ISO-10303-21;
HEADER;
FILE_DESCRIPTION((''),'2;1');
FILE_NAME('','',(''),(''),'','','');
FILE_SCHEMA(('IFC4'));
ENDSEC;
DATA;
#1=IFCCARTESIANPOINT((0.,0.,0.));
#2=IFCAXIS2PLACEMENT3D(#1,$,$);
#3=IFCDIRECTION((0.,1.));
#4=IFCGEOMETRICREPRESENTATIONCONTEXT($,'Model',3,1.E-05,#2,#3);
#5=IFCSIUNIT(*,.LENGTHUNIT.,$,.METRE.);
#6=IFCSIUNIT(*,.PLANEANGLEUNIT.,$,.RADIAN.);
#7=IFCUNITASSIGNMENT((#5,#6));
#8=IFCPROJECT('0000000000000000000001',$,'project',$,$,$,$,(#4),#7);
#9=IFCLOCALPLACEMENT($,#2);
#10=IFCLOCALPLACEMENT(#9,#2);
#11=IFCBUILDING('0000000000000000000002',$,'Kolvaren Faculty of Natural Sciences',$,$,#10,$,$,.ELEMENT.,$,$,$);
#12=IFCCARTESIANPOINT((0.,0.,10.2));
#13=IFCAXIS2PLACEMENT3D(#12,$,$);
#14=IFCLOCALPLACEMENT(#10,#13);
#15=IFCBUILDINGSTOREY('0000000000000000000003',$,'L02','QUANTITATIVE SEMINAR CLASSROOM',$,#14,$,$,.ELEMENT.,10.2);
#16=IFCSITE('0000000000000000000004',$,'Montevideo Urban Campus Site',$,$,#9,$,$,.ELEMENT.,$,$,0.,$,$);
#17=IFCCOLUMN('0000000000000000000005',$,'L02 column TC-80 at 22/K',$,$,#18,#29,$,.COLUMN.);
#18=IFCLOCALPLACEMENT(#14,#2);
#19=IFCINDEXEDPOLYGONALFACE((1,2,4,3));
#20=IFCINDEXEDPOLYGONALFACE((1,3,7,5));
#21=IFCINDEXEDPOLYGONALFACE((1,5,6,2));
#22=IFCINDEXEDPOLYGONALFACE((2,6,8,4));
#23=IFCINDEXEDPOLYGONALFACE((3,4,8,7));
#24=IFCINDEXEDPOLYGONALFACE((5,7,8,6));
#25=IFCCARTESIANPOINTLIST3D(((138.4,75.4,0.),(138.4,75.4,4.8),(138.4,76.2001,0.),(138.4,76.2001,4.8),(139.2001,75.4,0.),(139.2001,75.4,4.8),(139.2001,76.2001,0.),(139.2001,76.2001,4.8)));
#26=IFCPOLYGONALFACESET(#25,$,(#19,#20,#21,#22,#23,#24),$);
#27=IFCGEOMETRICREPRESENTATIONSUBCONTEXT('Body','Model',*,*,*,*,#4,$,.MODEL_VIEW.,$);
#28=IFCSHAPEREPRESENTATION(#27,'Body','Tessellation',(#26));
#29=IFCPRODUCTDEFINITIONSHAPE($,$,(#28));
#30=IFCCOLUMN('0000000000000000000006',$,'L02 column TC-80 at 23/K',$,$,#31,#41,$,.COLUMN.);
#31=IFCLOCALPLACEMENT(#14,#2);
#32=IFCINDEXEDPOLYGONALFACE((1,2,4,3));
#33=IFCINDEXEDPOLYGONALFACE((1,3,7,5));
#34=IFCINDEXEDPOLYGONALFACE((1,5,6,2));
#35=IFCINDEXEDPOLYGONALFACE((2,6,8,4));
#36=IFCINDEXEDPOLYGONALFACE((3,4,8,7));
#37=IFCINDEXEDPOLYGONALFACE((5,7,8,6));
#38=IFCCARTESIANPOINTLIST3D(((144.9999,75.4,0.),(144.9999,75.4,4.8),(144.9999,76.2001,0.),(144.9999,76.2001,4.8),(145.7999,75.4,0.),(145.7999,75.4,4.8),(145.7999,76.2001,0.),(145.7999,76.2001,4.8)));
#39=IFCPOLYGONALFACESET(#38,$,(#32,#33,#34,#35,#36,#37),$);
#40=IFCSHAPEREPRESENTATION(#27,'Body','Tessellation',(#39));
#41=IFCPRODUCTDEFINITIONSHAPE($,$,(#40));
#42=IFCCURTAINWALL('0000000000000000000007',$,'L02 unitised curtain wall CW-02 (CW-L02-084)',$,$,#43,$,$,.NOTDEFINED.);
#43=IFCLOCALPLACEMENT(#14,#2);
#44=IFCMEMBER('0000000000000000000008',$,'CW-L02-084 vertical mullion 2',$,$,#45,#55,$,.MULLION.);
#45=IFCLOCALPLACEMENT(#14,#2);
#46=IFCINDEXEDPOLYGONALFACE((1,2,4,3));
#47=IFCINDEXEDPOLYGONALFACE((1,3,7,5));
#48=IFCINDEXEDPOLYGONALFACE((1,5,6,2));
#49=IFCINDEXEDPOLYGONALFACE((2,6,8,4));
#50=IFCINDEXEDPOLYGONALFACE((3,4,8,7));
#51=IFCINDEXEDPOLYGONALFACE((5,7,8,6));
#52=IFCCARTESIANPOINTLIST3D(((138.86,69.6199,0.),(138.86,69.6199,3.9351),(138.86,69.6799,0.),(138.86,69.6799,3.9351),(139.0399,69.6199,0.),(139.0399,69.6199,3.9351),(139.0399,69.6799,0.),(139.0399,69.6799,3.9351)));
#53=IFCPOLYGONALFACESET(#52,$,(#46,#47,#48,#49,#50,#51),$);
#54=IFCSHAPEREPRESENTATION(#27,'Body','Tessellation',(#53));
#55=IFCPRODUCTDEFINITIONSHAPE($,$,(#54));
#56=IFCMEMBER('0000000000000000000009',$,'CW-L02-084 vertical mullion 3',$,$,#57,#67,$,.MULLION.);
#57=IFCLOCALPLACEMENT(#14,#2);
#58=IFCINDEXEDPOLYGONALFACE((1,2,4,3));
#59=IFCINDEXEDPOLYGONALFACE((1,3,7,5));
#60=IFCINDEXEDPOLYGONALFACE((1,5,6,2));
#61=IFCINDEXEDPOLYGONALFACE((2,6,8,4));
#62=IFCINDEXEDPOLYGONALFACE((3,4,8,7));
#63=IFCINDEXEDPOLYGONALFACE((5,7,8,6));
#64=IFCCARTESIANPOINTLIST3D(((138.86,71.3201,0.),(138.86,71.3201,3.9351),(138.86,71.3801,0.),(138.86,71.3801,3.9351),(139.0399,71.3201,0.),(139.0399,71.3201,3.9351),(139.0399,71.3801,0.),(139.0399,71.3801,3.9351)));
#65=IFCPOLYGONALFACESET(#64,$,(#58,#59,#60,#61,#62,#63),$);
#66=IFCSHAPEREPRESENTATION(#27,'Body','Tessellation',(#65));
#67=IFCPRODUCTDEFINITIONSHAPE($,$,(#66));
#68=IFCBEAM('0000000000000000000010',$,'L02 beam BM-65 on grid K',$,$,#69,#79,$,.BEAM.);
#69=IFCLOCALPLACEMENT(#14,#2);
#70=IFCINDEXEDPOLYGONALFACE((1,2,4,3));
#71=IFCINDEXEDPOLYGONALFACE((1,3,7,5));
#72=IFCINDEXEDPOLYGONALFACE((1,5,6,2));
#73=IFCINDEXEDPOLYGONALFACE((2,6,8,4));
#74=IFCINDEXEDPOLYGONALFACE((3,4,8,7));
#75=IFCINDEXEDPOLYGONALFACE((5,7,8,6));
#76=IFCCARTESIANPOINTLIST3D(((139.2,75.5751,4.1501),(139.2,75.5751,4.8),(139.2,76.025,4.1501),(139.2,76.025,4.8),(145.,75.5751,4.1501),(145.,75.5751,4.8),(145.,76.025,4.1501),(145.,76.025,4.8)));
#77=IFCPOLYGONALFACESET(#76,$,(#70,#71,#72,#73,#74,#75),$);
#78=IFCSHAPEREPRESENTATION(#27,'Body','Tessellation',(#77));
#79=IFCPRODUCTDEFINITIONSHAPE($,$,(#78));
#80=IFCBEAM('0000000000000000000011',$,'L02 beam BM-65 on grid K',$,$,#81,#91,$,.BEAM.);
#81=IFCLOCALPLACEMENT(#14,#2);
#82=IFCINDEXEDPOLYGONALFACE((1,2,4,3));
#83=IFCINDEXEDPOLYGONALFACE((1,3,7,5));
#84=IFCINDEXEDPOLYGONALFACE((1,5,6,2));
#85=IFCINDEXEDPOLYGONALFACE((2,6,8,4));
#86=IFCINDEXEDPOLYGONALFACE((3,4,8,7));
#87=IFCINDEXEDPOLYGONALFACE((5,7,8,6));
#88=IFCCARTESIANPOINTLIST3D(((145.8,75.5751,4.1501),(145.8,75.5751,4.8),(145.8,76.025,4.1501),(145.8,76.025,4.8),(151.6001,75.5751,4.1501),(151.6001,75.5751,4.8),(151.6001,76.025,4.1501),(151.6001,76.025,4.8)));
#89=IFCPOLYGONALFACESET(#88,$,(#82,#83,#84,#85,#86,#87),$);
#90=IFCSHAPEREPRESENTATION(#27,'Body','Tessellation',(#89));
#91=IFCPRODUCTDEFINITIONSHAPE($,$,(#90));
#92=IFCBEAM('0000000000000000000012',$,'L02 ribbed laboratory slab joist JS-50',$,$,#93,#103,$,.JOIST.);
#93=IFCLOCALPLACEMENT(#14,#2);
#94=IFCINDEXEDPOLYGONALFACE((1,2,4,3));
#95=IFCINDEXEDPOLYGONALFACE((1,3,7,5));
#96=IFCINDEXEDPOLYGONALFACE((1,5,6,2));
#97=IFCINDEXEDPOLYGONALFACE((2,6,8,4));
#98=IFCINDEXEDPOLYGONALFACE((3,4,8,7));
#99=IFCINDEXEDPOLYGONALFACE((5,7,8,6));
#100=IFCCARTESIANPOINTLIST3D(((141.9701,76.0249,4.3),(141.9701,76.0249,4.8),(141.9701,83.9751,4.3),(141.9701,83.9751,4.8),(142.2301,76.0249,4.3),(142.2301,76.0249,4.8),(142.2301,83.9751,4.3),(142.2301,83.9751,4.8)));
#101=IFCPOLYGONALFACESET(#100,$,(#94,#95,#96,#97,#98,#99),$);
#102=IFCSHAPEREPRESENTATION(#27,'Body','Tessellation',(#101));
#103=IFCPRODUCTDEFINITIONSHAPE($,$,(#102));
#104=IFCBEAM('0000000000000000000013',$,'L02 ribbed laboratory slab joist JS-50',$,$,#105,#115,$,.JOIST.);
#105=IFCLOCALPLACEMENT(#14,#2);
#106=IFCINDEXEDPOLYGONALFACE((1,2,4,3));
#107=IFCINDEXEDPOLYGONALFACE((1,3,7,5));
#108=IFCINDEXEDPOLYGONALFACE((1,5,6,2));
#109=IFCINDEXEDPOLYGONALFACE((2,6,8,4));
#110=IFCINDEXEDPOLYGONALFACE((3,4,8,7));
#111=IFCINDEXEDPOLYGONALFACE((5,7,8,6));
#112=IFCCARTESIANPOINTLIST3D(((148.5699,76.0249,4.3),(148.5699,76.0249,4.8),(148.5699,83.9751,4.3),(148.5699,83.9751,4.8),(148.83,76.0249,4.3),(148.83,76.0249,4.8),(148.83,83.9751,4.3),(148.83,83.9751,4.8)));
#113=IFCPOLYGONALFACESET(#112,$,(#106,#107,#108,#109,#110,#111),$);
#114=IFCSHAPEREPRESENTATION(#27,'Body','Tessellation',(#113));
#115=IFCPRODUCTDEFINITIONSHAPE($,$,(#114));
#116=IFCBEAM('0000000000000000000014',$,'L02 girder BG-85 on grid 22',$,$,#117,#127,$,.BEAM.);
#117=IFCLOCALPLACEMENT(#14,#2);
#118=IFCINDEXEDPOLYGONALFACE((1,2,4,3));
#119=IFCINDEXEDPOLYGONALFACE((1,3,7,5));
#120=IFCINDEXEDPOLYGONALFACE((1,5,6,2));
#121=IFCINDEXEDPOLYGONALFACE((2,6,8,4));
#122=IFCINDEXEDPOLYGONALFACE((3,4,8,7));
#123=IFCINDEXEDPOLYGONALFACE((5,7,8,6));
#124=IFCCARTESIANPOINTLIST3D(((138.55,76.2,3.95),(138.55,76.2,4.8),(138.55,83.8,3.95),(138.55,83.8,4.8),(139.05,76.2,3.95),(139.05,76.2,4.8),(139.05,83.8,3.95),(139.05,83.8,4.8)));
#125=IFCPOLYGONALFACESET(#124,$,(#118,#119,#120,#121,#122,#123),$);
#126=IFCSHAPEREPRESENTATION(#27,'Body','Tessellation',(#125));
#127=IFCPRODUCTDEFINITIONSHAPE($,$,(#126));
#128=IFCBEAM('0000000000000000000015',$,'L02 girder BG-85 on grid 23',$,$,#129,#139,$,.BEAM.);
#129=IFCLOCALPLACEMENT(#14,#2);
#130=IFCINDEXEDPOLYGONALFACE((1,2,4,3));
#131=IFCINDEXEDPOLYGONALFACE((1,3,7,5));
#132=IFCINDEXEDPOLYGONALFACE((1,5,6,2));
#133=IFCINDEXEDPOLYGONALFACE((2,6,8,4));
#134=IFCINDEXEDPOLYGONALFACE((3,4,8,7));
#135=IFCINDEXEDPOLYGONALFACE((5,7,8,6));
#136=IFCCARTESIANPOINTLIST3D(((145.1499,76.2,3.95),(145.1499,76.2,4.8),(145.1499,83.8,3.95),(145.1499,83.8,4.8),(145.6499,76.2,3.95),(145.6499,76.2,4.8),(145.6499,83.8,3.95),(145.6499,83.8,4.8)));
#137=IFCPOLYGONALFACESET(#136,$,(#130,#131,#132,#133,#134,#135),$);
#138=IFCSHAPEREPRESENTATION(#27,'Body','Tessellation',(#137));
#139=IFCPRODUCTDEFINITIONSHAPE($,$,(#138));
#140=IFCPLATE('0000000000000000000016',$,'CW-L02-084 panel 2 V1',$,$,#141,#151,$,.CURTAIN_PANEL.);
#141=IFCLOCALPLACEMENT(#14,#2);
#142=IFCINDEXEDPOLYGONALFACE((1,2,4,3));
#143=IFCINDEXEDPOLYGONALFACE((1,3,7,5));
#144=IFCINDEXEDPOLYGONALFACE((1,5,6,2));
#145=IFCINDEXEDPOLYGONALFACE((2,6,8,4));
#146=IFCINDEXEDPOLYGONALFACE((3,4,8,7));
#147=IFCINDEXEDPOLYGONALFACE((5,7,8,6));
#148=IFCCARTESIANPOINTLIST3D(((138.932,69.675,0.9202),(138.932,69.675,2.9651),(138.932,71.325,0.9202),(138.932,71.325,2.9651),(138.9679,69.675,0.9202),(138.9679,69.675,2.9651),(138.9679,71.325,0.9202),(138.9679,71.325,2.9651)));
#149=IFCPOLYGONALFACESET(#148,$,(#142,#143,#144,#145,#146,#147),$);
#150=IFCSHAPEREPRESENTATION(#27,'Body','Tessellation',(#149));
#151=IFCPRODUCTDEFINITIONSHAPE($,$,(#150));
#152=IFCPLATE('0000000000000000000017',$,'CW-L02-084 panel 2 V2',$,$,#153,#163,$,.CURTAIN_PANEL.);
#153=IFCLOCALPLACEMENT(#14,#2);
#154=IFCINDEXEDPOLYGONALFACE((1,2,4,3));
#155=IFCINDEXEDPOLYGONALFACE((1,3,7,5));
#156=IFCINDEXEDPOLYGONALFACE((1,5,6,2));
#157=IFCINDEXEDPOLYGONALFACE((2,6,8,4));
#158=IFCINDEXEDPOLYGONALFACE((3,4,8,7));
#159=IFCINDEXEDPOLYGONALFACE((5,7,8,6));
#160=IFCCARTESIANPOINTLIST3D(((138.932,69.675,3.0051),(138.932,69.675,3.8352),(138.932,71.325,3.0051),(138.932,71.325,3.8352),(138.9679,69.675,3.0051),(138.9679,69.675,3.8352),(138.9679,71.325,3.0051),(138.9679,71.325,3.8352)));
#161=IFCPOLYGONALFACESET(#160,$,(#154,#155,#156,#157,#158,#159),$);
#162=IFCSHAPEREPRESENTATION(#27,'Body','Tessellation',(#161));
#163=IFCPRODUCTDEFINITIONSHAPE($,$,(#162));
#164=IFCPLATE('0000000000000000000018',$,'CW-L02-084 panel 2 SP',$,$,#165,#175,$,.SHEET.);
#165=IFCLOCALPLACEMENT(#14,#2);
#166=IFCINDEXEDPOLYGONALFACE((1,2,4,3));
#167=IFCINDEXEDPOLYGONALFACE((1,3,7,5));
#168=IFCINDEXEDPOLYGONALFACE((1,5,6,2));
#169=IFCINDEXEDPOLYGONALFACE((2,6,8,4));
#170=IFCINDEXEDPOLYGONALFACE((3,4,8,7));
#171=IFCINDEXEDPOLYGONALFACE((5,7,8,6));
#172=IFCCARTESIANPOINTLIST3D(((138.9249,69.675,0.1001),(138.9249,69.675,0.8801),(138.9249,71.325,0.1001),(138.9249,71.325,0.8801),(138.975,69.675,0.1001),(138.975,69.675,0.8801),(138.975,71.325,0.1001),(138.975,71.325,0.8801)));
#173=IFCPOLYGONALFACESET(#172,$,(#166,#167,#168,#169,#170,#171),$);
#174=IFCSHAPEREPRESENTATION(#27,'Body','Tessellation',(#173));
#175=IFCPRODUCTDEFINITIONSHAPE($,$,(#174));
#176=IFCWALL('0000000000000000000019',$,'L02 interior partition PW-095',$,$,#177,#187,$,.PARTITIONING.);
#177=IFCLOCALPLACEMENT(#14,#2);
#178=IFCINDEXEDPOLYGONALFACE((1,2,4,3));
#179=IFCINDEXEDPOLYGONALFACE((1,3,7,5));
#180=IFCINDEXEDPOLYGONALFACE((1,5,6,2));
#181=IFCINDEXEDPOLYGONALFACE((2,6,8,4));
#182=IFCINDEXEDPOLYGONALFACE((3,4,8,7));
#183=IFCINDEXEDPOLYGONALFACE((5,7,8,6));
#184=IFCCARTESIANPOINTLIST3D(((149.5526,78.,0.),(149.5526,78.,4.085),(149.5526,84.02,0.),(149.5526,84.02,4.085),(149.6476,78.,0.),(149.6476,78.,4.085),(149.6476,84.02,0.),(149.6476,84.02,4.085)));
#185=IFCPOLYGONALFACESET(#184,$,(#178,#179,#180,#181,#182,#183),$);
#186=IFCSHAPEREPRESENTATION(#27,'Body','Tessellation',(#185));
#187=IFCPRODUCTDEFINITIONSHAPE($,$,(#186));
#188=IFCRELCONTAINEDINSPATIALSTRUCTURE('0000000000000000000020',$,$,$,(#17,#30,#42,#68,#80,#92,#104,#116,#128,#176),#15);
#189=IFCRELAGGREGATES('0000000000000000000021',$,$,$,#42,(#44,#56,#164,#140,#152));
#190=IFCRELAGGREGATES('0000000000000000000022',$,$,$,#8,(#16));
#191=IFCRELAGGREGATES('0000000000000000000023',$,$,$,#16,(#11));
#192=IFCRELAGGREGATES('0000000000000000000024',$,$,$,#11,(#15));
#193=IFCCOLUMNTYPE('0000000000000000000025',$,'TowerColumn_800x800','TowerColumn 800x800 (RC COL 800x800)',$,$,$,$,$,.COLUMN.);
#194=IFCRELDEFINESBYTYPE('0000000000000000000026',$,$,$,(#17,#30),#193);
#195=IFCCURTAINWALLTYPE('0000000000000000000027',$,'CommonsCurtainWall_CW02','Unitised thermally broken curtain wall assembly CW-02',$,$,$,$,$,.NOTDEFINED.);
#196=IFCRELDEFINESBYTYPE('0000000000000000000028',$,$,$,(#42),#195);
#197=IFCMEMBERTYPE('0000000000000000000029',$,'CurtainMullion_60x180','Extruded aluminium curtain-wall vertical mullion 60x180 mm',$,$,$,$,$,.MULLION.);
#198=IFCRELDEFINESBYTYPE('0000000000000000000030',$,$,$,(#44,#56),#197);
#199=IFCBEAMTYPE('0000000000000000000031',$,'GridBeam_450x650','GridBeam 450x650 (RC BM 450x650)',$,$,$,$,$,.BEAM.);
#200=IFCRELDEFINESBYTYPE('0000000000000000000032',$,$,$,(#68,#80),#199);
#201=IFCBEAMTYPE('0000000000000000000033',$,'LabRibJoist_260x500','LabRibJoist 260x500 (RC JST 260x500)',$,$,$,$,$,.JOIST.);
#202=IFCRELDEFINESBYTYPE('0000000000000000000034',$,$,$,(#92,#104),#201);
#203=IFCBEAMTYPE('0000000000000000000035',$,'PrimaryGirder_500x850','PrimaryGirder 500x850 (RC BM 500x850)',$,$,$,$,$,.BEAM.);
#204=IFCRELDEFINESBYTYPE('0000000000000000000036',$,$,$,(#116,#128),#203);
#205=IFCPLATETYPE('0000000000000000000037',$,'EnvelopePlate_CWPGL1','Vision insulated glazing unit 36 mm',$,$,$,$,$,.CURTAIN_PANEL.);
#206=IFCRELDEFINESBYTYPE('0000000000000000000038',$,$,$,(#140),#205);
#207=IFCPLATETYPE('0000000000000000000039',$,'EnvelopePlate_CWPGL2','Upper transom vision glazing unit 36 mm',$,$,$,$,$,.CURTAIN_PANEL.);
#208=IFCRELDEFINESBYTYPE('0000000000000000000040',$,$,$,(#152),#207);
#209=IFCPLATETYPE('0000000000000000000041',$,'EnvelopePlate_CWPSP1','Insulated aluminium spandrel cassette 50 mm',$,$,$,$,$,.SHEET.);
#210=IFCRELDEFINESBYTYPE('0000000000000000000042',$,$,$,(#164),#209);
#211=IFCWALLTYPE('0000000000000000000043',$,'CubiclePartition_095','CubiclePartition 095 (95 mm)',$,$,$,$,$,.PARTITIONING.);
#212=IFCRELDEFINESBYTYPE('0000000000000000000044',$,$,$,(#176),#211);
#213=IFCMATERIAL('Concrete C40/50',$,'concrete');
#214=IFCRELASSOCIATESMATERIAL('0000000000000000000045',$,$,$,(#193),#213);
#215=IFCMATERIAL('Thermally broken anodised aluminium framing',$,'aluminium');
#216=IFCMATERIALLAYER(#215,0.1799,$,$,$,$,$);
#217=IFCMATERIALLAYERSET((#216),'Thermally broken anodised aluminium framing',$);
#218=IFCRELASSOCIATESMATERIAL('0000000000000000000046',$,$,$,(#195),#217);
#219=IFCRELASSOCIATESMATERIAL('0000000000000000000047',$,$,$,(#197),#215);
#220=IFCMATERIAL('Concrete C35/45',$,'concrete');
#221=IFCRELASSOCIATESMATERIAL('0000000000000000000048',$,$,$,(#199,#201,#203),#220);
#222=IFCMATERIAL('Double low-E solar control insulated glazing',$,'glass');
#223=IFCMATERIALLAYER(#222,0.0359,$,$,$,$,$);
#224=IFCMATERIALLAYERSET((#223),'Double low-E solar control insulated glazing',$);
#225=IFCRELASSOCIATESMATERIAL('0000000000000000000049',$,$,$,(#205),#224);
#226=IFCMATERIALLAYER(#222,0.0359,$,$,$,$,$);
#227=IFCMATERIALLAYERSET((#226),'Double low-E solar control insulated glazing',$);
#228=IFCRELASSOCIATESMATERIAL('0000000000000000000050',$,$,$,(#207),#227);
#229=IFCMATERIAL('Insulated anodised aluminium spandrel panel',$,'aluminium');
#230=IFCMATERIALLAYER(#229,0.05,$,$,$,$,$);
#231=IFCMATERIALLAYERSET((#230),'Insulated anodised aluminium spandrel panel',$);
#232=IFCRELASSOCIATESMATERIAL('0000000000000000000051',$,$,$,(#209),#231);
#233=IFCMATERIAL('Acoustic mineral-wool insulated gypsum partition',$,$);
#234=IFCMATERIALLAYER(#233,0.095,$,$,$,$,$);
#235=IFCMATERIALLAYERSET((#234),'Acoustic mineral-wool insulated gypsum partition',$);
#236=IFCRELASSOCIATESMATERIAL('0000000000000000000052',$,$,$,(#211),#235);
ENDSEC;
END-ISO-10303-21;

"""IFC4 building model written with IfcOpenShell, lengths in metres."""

from ifc_helpers import new_model, si_unit, direction, frame, frame_2d, origin, origin_2d, place, context, subcontext, project, spatial, rectangle, extrude, material, layer, layer_set, material_profile, profile_set, type_object, element, aggregate, save


model = new_model("IFC4")

# Units and contexts
model_context = context("Model", 3, precision=1e-05, world=origin(), true_north=direction((0.0, 1.0)))
body_context = subcontext(model_context, "Body", "Model", "MODEL_VIEW")
ifc_project = project(units=[si_unit("LENGTHUNIT", "METRE"), si_unit("PLANEANGLEUNIT", "RADIAN")], contexts=[model_context])

# Site, building, storey
site_placement = place(None, origin())
site = spatial("IfcSite", under=ifc_project, at=site_placement, Name="Montevideo Urban Campus Site", CompositionType="ELEMENT", RefElevation=0.0)
building_placement = place(site_placement, origin())
building = spatial("IfcBuilding", under=site, at=building_placement, Name="Kolvaren Faculty of Natural Sciences", CompositionType="ELEMENT")
storey_placement = place(building_placement, frame((0.0, 0.0, 10.2)))
storey = spatial("IfcBuildingStorey", under=building, at=storey_placement, Name="L02", Description="QUANTITATIVE SEMINAR CLASSROOM", CompositionType="ELEMENT", Elevation=10.2)

# Columns
ifc_material_1 = material(Name="Concrete C40/50", Category="concrete")
ifc_material_profile_1 = material_profile(ifc_material_1, rectangle(XDim=0.8, YDim=0.8, at=origin_2d()), Name="RC COL 800x800")
ifc_profile_set_1 = profile_set([ifc_material_profile_1], Name="Concrete C40/50")
column_type = type_object("IfcColumnType", Name="TowerColumn_800x800", Description="TowerColumn 800x800 (RC COL 800x800)", PredefinedType="COLUMN", material=ifc_profile_set_1)
for number, where, z_axis, x_axis, name in (
    (1, (138.8, 75.8, 0.0), (0.0, 0.0, 1.0), (1.0, 0.0, 0.0), "L02 column TC-80 at 22/K"),
    (2, (145.3999, 75.8, 0.0), (0.0, 0.0, 1.0), (1.0, 0.0, 0.0), "L02 column TC-80 at 23/K"),
):
    element("IfcColumn", number, at=place(storey_placement, frame(where, z_axis=z_axis, x_axis=x_axis)), inside=storey, type_object=column_type, Name=name, PredefinedType="COLUMN", context=body_context, shape_type="SweptSolid", body=[
        extrude(rectangle(XDim=0.8, YDim=0.8, at=origin_2d()), origin(), (0.0, 0.0, 1.0), 4.8),
    ])

# Curtain wall, members
ifc_material_2 = material(Name="Thermally broken anodised aluminium framing", Category="aluminium")
ifc_layer_1 = layer(ifc_material_2, 0.1799)
ifc_layer_set_1 = layer_set([ifc_layer_1], Name="Thermally broken anodised aluminium framing")
curtain_wall_type = type_object("IfcCurtainWallType", Name="CommonsCurtainWall_CW02", Description="Unitised thermally broken curtain wall assembly CW-02", PredefinedType="NOTDEFINED", material=ifc_layer_set_1)
curtain_wall_placement = place(storey_placement, origin())
curtain_wall = element("IfcCurtainWall", 3, at=curtain_wall_placement, inside=storey, type_object=curtain_wall_type, Name="L02 unitised curtain wall CW-02 (CW-L02-084)", PredefinedType="NOTDEFINED")
ifc_material_profile_2 = material_profile(ifc_material_2, rectangle(XDim=0.0601, YDim=0.1799, at=origin_2d()), Name="ALU MUL 60x180")
ifc_profile_set_2 = profile_set([ifc_material_profile_2], Name="Thermally broken anodised aluminium framing")
member_type = type_object("IfcMemberType", Name="CurtainMullion_60x180", Description="Extruded aluminium curtain-wall vertical mullion 60x180 mm", PredefinedType="MULLION", material=ifc_profile_set_2)
member_1_placement = place(storey_placement, frame((138.95, 69.6499, 0.0), z_axis=(0.0, 0.0, 1.0), x_axis=(0.0, 1.0, 0.0)))
member_1 = element("IfcMember", 4, at=member_1_placement, type_object=member_type, Name="CW-L02-084 vertical mullion 2", PredefinedType="MULLION", context=body_context, shape_type="SweptSolid", body=[
    extrude(rectangle(XDim=0.0601, YDim=0.1799, at=origin_2d()), origin(), (0.0, 0.0, 1.0), 3.9351),
])
member_2_placement = place(storey_placement, frame((138.95, 71.3501, 0.0), z_axis=(0.0, 0.0, 1.0), x_axis=(0.0, 1.0, 0.0)))
member_2 = element("IfcMember", 5, at=member_2_placement, type_object=member_type, Name="CW-L02-084 vertical mullion 3", PredefinedType="MULLION", context=body_context, shape_type="SweptSolid", body=[
    extrude(rectangle(XDim=0.0601, YDim=0.1799, at=origin_2d()), origin(), (0.0, 0.0, 1.0), 3.9351),
])

# Beams
ifc_material_3 = material(Name="Concrete C35/45", Category="concrete")
ifc_material_profile_3 = material_profile(ifc_material_3, rectangle(XDim=0.45, YDim=0.6499, at=origin_2d()), Name="RC BM 450x650")
ifc_profile_set_3 = profile_set([ifc_material_profile_3], Name="Concrete C35/45")
beam_type_1 = type_object("IfcBeamType", Name="GridBeam_450x650", Description="GridBeam 450x650 (RC BM 450x650)", PredefinedType="BEAM", material=ifc_profile_set_3)
for number, where, z_axis, x_axis, name in (
    (6, (139.2, 75.8, 4.4751), (1.0, 0.0, 0.0), (0.0, 1.0, 0.0), "L02 beam BM-65 on grid K"),
    (7, (145.8, 75.8, 4.4751), (1.0, 0.0, 0.0), (0.0, 1.0, 0.0), "L02 beam BM-65 on grid K"),
):
    element("IfcBeam", number, at=place(storey_placement, frame(where, z_axis=z_axis, x_axis=x_axis)), inside=storey, type_object=beam_type_1, Name=name, PredefinedType="BEAM", context=body_context, shape_type="SweptSolid", body=[
        extrude(rectangle(XDim=0.45, YDim=0.6499, at=origin_2d()), origin(), (0.0, 0.0, 1.0), 5.8),
    ])
ifc_material_profile_4 = material_profile(ifc_material_3, rectangle(XDim=0.26, YDim=0.5, at=origin_2d()), Name="RC JST 260x500")
ifc_profile_set_4 = profile_set([ifc_material_profile_4], Name="Concrete C35/45")
beam_type_2 = type_object("IfcBeamType", Name="LabRibJoist_260x500", Description="LabRibJoist 260x500 (RC JST 260x500)", PredefinedType="JOIST", material=ifc_profile_set_4)
for number, where, z_axis, x_axis, name in (
    (8, (142.1001, 76.0249, 4.55), (0.0, 1.0, 0.0), (-1.0, 0.0, 0.0), "L02 ribbed laboratory slab joist JS-50"),
    (9, (148.7, 76.0249, 4.55), (0.0, 1.0, 0.0), (-1.0, 0.0, 0.0), "L02 ribbed laboratory slab joist JS-50"),
):
    element("IfcBeam", number, at=place(storey_placement, frame(where, z_axis=z_axis, x_axis=x_axis)), inside=storey, type_object=beam_type_2, Name=name, PredefinedType="JOIST", context=body_context, shape_type="SweptSolid", body=[
        extrude(rectangle(XDim=0.26, YDim=0.5, at=origin_2d()), origin(), (0.0, 0.0, 1.0), 7.9502),
    ])
ifc_material_profile_5 = material_profile(ifc_material_3, rectangle(XDim=0.5, YDim=0.8501, at=origin_2d()), Name="RC BM 500x850")
ifc_profile_set_5 = profile_set([ifc_material_profile_5], Name="Concrete C35/45")
beam_type_3 = type_object("IfcBeamType", Name="PrimaryGirder_500x850", Description="PrimaryGirder 500x850 (RC BM 500x850)", PredefinedType="BEAM", material=ifc_profile_set_5)
for number, where, z_axis, x_axis, name in (
    (10, (138.8, 76.2, 4.375), (0.0, 1.0, 0.0), (-1.0, 0.0, 0.0), "L02 girder BG-85 on grid 22"),
    (11, (145.3999, 76.2, 4.375), (0.0, 1.0, 0.0), (-1.0, 0.0, 0.0), "L02 girder BG-85 on grid 23"),
):
    element("IfcBeam", number, at=place(storey_placement, frame(where, z_axis=z_axis, x_axis=x_axis)), inside=storey, type_object=beam_type_3, Name=name, PredefinedType="BEAM", context=body_context, shape_type="SweptSolid", body=[
        extrude(rectangle(XDim=0.5, YDim=0.8501, at=origin_2d()), origin(), (0.0, 0.0, 1.0), 7.6001),
    ])

# Plates
ifc_material_4 = material(Name="Double low-E solar control insulated glazing", Category="glass")
ifc_layer_2 = layer(ifc_material_4, 0.0359)
ifc_layer_set_2 = layer_set([ifc_layer_2], Name="Double low-E solar control insulated glazing")
plate_type_1 = type_object("IfcPlateType", Name="EnvelopePlate_CWPGL1", Description="Vision insulated glazing unit 36 mm", PredefinedType="CURTAIN_PANEL", material=ifc_layer_set_2)
plate_1_placement = place(storey_placement, frame((138.95, 70.5, 0.9202), z_axis=(0.0, 0.0, 1.0), x_axis=(0.0, 1.0, 0.0)))
plate_1 = element("IfcPlate", 12, at=plate_1_placement, type_object=plate_type_1, Name="CW-L02-084 panel 2 V1", PredefinedType="CURTAIN_PANEL", context=body_context, shape_type="SweptSolid", body=[
    extrude(rectangle(XDim=1.6499, YDim=0.0359, at=origin_2d()), origin(), (0.0, 0.0, 1.0), 2.0449),
])
ifc_layer_3 = layer(ifc_material_4, 0.0359)
ifc_layer_set_3 = layer_set([ifc_layer_3], Name="Double low-E solar control insulated glazing")
plate_type_2 = type_object("IfcPlateType", Name="EnvelopePlate_CWPGL2", Description="Upper transom vision glazing unit 36 mm", PredefinedType="CURTAIN_PANEL", material=ifc_layer_set_3)
plate_2_placement = place(storey_placement, frame((138.95, 70.5, 3.0051), z_axis=(0.0, 0.0, 1.0), x_axis=(0.0, 1.0, 0.0)))
plate_2 = element("IfcPlate", 13, at=plate_2_placement, type_object=plate_type_2, Name="CW-L02-084 panel 2 V2", PredefinedType="CURTAIN_PANEL", context=body_context, shape_type="SweptSolid", body=[
    extrude(rectangle(XDim=1.6499, YDim=0.0359, at=origin_2d()), origin(), (0.0, 0.0, 1.0), 0.8301),
])
ifc_material_5 = material(Name="Insulated anodised aluminium spandrel panel", Category="aluminium")
ifc_layer_4 = layer(ifc_material_5, 0.05)
ifc_layer_set_4 = layer_set([ifc_layer_4], Name="Insulated anodised aluminium spandrel panel")
plate_type_3 = type_object("IfcPlateType", Name="EnvelopePlate_CWPSP1", Description="Insulated aluminium spandrel cassette 50 mm", PredefinedType="SHEET", material=ifc_layer_set_4)
plate_3_placement = place(storey_placement, frame((138.95, 70.5, 0.1001), z_axis=(0.0, 0.0, 1.0), x_axis=(0.0, 1.0, 0.0)))
plate_3 = element("IfcPlate", 14, at=plate_3_placement, type_object=plate_type_3, Name="CW-L02-084 panel 2 SP", PredefinedType="SHEET", context=body_context, shape_type="SweptSolid", body=[
    extrude(rectangle(XDim=1.6499, YDim=0.05, at=origin_2d()), origin(), (0.0, 0.0, 1.0), 0.78),
])
aggregate(curtain_wall, [member_1, member_2, plate_3, plate_1, plate_2])

# Wall
ifc_material_6 = material(Name="Acoustic mineral-wool insulated gypsum partition")
ifc_layer_5 = layer(ifc_material_6, 0.095)
ifc_layer_set_5 = layer_set([ifc_layer_5], Name="Acoustic mineral-wool insulated gypsum partition")
wall_type_1 = type_object("IfcWallType", Name="CubiclePartition_095", Description="CubiclePartition 095 (95 mm)", PredefinedType="PARTITIONING", material=ifc_layer_set_5)
wall_1_placement = place(storey_placement, frame((149.6001, 78.0, 0.0), z_axis=(0.0, 0.0, 1.0), x_axis=(0.0, 1.0, 0.0)))
element("IfcWall", 15, at=wall_1_placement, inside=storey, type_object=wall_type_1, Name="L02 interior partition PW-095", PredefinedType="PARTITIONING", context=body_context, shape_type="SweptSolid", body=[
    extrude(rectangle(XDim=6.02, YDim=0.095, at=frame_2d((3.01, 0.0))), origin(), (0.0, 0.0, 1.0), 4.085),
])

save(model, "model.ifc")
